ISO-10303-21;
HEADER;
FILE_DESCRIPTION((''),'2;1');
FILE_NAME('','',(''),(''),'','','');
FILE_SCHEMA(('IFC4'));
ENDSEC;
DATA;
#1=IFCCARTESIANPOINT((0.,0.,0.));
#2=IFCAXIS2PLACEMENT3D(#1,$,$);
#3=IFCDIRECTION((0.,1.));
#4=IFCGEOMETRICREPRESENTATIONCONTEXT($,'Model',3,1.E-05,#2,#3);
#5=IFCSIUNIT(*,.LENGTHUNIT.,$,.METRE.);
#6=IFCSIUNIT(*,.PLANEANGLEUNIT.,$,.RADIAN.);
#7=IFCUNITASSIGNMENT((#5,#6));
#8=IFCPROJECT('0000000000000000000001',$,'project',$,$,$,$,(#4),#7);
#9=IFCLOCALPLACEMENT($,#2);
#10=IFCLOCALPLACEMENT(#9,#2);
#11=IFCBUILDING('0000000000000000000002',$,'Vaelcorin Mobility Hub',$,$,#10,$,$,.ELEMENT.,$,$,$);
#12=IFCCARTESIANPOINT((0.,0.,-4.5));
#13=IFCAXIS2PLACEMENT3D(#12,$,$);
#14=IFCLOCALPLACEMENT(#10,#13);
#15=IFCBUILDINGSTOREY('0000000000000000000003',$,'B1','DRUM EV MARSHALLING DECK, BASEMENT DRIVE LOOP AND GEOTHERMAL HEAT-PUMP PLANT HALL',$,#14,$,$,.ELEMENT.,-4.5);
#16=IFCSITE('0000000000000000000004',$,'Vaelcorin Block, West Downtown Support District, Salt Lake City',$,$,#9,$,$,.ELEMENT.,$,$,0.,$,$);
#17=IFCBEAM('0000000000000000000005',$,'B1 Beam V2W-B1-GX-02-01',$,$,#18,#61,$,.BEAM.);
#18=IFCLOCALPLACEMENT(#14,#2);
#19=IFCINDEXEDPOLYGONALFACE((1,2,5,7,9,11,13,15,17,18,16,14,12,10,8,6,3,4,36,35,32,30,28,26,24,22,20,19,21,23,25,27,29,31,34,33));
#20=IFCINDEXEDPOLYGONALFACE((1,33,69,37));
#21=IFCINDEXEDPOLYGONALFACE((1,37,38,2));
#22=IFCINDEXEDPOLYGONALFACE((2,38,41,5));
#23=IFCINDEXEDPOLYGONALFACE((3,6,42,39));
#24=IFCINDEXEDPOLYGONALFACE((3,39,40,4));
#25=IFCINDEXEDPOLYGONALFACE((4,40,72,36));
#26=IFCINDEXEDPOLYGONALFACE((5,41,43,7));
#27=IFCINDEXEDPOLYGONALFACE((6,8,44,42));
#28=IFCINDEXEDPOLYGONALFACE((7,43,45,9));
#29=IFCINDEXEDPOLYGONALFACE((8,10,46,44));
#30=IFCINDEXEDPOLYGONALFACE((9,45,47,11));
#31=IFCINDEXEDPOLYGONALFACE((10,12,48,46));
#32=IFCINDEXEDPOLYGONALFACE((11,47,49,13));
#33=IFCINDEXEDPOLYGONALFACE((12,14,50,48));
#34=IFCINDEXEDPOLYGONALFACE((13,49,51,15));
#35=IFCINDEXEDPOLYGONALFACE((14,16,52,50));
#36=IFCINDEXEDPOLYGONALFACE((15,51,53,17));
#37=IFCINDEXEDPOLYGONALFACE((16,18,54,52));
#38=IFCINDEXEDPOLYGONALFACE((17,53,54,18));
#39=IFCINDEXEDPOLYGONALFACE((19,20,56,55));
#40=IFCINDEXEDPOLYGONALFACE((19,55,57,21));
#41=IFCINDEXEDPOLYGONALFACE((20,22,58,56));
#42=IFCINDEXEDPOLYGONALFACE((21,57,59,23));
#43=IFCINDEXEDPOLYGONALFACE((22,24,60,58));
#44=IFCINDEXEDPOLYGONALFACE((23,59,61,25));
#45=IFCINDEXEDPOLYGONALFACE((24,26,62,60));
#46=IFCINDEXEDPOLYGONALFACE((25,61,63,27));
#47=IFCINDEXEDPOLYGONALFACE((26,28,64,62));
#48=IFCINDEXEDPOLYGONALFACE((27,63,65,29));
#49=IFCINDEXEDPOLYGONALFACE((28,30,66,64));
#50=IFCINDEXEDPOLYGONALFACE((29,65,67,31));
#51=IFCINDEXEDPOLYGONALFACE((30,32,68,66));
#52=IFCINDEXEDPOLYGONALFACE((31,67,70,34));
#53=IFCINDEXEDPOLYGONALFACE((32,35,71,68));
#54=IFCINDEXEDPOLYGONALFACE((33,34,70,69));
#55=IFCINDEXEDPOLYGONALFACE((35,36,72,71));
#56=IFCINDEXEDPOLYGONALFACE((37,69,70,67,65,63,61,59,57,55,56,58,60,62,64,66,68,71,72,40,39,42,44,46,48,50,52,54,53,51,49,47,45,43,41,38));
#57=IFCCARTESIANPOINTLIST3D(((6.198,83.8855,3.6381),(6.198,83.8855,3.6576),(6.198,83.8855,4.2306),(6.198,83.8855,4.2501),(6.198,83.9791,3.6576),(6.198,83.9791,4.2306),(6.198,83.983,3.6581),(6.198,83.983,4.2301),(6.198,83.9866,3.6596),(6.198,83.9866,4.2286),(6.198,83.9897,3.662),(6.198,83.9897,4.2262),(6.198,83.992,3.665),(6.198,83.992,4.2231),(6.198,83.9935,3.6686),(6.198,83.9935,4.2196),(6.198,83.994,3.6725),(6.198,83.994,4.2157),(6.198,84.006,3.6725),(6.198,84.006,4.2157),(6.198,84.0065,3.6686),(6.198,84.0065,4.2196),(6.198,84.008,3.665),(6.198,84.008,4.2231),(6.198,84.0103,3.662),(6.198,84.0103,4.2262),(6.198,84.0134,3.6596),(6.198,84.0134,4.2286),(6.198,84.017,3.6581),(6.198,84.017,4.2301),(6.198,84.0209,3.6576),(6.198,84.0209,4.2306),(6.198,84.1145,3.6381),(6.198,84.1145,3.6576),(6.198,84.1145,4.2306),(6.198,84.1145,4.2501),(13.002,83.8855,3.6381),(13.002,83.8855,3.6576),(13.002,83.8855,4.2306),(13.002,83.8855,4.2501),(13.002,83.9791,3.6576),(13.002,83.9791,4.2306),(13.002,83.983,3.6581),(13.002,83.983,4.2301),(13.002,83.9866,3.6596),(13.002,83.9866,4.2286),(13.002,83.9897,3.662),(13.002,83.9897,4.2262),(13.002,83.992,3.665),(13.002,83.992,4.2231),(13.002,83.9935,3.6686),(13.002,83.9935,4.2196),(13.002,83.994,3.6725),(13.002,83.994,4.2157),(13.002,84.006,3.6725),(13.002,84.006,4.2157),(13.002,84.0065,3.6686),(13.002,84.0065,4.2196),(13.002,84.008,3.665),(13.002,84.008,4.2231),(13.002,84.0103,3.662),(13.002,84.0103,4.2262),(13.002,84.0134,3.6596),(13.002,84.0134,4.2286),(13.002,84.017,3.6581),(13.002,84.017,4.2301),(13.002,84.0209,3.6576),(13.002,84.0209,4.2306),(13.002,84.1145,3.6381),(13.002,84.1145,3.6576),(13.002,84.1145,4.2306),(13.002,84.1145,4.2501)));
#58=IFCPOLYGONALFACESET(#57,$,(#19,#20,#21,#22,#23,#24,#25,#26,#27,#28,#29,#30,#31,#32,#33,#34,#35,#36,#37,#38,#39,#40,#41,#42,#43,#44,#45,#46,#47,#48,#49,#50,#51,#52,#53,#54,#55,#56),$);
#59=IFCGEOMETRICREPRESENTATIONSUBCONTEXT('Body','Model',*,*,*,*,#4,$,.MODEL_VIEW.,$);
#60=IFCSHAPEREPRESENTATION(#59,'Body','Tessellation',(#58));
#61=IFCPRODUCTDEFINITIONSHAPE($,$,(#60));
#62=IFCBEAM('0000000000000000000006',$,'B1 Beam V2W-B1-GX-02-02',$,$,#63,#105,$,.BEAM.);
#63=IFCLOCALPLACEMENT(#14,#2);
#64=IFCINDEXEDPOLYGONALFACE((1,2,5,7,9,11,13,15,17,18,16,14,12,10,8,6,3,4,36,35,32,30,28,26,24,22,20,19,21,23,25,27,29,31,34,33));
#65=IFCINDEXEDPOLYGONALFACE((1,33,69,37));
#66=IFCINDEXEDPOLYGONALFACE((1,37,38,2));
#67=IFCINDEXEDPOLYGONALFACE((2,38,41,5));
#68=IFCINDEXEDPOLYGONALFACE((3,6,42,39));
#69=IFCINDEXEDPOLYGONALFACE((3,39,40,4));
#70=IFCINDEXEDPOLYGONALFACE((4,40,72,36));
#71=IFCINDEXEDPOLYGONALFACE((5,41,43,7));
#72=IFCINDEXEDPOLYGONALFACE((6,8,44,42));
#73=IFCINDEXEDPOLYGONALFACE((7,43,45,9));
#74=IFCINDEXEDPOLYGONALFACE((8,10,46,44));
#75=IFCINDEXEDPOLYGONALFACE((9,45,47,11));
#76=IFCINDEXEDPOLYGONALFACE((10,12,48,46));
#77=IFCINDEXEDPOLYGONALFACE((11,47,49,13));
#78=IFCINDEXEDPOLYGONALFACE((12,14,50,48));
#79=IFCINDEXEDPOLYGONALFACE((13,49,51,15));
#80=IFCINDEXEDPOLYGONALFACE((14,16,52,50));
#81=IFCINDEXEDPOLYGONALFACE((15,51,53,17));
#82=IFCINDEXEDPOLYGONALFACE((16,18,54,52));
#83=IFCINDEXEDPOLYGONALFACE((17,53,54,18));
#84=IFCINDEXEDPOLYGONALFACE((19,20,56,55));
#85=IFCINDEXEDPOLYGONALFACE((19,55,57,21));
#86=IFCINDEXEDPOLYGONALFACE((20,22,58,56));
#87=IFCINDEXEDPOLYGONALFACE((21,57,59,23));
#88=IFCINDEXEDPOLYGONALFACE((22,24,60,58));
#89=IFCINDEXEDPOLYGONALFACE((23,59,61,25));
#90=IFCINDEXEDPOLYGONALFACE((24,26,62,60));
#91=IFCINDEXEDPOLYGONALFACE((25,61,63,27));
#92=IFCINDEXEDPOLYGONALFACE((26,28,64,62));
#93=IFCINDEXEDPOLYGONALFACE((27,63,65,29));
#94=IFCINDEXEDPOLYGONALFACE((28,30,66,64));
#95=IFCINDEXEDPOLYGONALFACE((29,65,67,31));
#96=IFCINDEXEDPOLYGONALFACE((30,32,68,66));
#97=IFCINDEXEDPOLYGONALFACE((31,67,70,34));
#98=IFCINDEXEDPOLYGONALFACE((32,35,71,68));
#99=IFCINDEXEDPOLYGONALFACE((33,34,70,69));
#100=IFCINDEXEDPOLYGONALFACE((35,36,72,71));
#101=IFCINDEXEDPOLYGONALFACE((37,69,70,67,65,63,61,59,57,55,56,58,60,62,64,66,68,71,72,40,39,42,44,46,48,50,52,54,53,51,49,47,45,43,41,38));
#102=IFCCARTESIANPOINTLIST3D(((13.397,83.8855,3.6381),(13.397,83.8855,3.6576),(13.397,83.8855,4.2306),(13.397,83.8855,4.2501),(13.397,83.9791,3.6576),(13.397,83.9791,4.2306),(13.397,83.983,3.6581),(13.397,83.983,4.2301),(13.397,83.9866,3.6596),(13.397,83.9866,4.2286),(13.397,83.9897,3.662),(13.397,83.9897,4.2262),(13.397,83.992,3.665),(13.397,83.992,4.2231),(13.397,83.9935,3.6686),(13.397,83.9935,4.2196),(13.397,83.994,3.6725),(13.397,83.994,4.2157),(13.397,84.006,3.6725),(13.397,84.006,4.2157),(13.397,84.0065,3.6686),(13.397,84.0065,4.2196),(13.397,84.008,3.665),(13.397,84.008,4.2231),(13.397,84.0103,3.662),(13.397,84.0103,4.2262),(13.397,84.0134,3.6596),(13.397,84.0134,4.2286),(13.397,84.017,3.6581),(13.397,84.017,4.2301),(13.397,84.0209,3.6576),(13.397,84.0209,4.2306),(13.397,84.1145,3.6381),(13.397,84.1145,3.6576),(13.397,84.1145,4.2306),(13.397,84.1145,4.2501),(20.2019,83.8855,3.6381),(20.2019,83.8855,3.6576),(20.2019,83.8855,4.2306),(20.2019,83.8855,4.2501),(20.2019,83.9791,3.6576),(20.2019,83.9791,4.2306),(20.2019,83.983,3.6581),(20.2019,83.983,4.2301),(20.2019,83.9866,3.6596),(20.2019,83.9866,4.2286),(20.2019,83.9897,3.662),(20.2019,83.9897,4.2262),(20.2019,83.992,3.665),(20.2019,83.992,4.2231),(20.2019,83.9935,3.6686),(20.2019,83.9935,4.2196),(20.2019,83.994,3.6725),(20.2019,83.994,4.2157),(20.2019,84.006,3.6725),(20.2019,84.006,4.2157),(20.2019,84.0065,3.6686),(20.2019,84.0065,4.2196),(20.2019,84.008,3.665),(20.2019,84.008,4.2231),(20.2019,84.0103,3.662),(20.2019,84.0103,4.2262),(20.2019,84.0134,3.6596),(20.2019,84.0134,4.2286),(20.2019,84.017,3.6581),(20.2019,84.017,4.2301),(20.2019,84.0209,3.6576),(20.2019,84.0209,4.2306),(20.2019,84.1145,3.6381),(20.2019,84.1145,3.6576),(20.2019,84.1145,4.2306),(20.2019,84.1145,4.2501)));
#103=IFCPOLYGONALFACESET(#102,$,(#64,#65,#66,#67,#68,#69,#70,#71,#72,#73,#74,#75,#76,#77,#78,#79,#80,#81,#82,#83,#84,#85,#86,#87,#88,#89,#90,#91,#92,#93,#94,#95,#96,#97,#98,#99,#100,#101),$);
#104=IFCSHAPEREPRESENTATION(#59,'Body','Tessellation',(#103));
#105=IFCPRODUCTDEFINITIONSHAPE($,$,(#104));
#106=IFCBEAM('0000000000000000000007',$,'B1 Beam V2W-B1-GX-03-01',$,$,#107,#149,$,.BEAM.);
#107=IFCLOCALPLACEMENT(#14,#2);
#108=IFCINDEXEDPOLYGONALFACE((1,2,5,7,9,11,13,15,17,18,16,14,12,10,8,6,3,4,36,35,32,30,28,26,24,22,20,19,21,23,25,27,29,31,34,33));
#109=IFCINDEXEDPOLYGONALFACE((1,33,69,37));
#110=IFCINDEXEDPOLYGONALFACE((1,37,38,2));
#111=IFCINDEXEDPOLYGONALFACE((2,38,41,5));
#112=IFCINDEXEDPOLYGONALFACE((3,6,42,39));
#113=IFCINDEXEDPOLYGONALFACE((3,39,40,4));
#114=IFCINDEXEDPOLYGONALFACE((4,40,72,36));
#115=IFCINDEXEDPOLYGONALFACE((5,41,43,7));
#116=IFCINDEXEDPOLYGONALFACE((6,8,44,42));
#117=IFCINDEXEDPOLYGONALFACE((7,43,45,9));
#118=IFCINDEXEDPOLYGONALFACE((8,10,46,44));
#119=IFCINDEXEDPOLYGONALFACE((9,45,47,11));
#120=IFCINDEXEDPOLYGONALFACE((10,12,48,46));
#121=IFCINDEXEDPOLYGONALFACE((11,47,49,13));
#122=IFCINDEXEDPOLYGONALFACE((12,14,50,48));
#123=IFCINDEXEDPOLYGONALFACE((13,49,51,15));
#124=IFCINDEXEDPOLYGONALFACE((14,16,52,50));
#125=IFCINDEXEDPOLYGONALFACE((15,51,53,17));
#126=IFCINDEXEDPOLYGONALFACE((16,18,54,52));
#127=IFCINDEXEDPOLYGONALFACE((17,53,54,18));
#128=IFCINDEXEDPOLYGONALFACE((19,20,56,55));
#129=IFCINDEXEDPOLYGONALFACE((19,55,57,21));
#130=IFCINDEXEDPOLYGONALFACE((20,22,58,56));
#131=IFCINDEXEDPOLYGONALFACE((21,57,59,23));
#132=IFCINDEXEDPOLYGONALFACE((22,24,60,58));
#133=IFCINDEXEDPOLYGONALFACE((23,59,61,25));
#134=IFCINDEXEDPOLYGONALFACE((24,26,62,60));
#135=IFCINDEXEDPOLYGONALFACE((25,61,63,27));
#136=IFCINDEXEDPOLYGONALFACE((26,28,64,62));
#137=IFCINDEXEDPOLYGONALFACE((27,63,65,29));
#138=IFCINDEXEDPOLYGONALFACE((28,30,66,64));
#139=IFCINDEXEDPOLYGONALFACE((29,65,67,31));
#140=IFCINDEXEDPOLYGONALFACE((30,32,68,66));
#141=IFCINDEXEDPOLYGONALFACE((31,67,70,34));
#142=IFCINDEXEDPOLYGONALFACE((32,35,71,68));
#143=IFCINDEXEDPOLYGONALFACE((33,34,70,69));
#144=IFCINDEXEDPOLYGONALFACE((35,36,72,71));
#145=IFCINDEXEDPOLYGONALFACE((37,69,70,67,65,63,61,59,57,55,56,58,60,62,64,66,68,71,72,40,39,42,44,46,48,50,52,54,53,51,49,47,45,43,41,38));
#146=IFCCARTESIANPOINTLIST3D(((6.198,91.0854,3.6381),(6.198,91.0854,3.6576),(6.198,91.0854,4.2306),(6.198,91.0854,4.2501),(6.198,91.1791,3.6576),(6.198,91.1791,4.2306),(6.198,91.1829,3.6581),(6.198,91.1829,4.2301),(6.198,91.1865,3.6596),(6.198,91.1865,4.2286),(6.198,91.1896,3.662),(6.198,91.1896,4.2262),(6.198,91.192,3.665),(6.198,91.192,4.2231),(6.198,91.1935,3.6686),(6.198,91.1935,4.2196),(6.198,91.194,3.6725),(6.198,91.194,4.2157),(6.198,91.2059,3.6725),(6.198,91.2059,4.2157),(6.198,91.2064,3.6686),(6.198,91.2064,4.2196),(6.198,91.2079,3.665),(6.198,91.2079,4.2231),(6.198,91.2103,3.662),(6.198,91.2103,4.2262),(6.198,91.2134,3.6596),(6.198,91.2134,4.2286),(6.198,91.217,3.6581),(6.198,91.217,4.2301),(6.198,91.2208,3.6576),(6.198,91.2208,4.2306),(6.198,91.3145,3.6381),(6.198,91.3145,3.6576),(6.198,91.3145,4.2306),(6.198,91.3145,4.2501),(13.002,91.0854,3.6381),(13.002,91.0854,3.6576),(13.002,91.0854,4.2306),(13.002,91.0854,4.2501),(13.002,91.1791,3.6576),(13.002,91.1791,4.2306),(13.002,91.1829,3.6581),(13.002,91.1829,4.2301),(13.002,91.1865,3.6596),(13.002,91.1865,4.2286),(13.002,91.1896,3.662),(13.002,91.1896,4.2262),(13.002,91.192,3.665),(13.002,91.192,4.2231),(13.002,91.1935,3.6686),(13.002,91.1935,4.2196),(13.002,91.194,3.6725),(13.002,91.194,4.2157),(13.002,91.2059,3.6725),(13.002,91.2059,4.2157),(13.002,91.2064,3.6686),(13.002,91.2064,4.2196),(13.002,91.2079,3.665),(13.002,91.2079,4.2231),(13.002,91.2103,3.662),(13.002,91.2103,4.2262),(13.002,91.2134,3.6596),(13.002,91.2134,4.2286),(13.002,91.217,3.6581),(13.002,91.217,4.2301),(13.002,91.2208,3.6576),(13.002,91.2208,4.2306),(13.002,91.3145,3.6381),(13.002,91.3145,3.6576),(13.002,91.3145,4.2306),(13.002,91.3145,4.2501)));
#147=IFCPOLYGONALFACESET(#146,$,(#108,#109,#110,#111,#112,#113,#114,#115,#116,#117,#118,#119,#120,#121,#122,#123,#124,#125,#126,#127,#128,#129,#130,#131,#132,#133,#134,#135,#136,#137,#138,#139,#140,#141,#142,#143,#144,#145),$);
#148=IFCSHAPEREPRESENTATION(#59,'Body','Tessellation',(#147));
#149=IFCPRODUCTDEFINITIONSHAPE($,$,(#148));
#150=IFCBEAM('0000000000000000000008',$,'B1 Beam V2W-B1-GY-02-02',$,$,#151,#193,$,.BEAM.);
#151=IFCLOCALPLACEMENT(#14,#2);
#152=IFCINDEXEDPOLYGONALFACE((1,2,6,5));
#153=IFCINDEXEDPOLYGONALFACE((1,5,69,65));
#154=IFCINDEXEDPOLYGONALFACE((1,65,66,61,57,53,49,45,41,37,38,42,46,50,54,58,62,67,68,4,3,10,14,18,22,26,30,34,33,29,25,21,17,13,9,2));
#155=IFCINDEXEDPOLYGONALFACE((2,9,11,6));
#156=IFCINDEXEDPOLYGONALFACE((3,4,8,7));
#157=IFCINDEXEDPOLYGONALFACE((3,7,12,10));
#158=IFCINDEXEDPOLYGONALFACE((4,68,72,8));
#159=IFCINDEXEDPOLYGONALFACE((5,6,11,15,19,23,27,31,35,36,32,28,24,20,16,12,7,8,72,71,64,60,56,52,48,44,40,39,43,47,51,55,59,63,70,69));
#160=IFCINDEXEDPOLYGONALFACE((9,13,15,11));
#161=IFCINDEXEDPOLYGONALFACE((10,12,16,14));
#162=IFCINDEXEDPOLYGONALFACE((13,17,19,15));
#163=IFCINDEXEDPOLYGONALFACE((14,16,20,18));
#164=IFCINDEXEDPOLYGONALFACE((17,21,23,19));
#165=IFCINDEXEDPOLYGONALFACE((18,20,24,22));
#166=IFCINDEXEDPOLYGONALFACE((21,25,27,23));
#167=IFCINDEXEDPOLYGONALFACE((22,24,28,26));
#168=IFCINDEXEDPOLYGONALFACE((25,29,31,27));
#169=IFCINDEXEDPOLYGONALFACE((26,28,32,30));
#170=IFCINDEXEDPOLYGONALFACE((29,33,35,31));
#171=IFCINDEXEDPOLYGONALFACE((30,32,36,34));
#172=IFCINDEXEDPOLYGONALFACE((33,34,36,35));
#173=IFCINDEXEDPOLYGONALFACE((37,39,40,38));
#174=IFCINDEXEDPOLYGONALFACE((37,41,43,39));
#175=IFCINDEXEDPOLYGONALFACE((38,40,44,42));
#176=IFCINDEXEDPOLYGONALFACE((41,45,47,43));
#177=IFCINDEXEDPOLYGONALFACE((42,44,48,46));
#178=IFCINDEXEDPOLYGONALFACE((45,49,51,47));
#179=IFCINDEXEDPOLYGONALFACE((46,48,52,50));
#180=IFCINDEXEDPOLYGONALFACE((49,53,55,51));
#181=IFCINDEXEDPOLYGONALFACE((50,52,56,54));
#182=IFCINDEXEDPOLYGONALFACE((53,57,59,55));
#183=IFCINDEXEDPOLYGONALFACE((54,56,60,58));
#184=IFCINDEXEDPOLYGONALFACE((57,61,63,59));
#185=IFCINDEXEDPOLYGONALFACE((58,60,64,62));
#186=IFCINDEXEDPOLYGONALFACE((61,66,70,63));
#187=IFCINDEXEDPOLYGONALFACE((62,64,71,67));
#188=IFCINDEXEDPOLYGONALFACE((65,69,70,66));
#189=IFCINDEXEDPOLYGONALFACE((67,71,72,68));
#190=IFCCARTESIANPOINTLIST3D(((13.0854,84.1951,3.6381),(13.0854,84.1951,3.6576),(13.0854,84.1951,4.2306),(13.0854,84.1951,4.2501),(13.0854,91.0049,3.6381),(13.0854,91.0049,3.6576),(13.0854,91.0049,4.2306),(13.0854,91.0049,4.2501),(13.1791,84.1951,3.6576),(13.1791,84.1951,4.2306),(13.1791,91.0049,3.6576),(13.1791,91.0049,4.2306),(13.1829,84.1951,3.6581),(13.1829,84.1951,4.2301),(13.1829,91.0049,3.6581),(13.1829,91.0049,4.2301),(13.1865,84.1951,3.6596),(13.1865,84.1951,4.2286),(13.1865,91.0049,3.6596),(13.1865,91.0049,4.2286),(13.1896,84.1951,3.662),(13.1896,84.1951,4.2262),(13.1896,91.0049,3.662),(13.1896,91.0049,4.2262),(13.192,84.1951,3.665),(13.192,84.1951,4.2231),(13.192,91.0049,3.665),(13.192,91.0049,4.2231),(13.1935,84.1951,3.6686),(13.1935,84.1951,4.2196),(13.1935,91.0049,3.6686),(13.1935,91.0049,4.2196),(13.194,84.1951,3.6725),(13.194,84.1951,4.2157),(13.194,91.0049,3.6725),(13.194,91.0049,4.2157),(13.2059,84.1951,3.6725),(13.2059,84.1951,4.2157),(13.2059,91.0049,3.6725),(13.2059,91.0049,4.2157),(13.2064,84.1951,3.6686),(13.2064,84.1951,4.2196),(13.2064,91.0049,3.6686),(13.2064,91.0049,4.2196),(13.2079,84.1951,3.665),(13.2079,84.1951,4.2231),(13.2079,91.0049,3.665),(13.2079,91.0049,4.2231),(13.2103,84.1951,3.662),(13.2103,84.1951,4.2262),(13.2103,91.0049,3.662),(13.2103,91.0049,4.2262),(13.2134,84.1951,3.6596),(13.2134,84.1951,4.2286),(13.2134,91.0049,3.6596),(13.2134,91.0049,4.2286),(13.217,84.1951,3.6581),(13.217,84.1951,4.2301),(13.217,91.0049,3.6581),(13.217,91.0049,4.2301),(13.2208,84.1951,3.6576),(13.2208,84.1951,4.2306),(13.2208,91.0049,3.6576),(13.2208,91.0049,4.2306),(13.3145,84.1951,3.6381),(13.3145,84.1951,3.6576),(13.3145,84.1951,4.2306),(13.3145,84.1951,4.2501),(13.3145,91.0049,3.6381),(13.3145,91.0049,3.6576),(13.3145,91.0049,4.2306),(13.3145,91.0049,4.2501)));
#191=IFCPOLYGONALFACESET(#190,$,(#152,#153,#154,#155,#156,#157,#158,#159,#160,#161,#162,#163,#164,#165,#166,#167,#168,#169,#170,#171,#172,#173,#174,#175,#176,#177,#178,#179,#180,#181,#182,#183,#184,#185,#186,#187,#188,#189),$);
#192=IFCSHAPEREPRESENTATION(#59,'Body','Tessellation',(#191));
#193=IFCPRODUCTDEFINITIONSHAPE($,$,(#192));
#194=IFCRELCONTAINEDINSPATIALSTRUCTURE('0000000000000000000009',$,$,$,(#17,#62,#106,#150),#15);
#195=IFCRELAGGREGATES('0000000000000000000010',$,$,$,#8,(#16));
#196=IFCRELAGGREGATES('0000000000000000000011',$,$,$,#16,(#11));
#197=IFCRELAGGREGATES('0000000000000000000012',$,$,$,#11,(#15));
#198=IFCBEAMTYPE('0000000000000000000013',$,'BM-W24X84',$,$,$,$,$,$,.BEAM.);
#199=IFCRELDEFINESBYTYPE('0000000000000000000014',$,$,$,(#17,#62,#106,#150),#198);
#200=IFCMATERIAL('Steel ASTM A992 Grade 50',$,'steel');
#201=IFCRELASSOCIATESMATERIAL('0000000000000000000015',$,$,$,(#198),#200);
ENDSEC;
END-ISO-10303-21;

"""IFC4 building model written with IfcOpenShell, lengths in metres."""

from ifc_helpers import new_model, si_unit, direction, frame, origin, origin_2d, place, context, subcontext, project, spatial, i_section, extrude, material, material_profile, profile_set, type_object, element, save


model = new_model("IFC4")

# Units and contexts
model_context = context("Model", 3, precision=1e-05, world=origin(), true_north=direction((0.0, 1.0)))
body_context = subcontext(model_context, "Body", "Model", "MODEL_VIEW")
ifc_project = project(units=[si_unit("LENGTHUNIT", "METRE"), si_unit("PLANEANGLEUNIT", "RADIAN")], contexts=[model_context])

# Site, building, storey
site_placement = place(None, origin())
site = spatial("IfcSite", under=ifc_project, at=site_placement, Name="Vaelcorin Block, West Downtown Support District, Salt Lake City", CompositionType="ELEMENT", RefElevation=0.0)
building_placement = place(site_placement, origin())
building = spatial("IfcBuilding", under=site, at=building_placement, Name="Vaelcorin Mobility Hub", CompositionType="ELEMENT")
storey_placement = place(building_placement, frame((0.0, 0.0, -4.5)))
storey = spatial("IfcBuildingStorey", under=building, at=storey_placement, Name="B1", Description="DRUM EV MARSHALLING DECK, BASEMENT DRIVE LOOP AND GEOTHERMAL HEAT-PUMP PLANT HALL", CompositionType="ELEMENT", Elevation=-4.5)

# Shared definitions
ifc_material_1 = material(Name="Steel ASTM A992 Grade 50", Category="steel")

# Beams
ifc_material_profile_1 = material_profile(ifc_material_1, i_section(OverallWidth=0.229, OverallDepth=0.6121, WebThickness=0.012, FlangeThickness=0.0195, FilletRadius=0.0149, at=origin_2d()), Name="W24X84")
ifc_profile_set_1 = profile_set([ifc_material_profile_1], Name="Steel ASTM A992 Grade 50")
beam_type_1 = type_object("IfcBeamType", Name="BM-W24X84", PredefinedType="BEAM", material=ifc_profile_set_1)
beam_1_placement = place(storey_placement, frame((6.198, 84.0, 3.9441), z_axis=(1.0, 0.0, 0.0), x_axis=(0.0, 1.0, 0.0)))
element("IfcBeam", 1, at=beam_1_placement, inside=storey, type_object=beam_type_1, Name="B1 Beam V2W-B1-GX-02-01", PredefinedType="BEAM", context=body_context, shape_type="SweptSolid", body=[
    extrude(i_section(OverallWidth=0.229, OverallDepth=0.6121, WebThickness=0.012, FlangeThickness=0.0195, FilletRadius=0.0149, at=origin_2d()), origin(), (0.0, 0.0, 1.0), 6.804),
])
beam_2_placement = place(storey_placement, frame((13.397, 84.0, 3.9441), z_axis=(1.0, 0.0, 0.0), x_axis=(0.0, 1.0, 0.0)))
element("IfcBeam", 2, at=beam_2_placement, inside=storey, type_object=beam_type_1, Name="B1 Beam V2W-B1-GX-02-02", PredefinedType="BEAM", context=body_context, shape_type="SweptSolid", body=[
    extrude(i_section(OverallWidth=0.229, OverallDepth=0.6121, WebThickness=0.012, FlangeThickness=0.0195, FilletRadius=0.0149, at=origin_2d()), origin(), (0.0, 0.0, 1.0), 6.8049),
])
beam_3_placement = place(storey_placement, frame((6.198, 91.2, 3.9441), z_axis=(1.0, 0.0, 0.0), x_axis=(0.0, 1.0, 0.0)))
element("IfcBeam", 3, at=beam_3_placement, inside=storey, type_object=beam_type_1, Name="B1 Beam V2W-B1-GX-03-01", PredefinedType="BEAM", context=body_context, shape_type="SweptSolid", body=[
    extrude(i_section(OverallWidth=0.229, OverallDepth=0.6121, WebThickness=0.012, FlangeThickness=0.0195, FilletRadius=0.0149, at=origin_2d()), origin(), (0.0, 0.0, 1.0), 6.804),
])
beam_4_placement = place(storey_placement, frame((13.2, 84.1951, 3.9441), z_axis=(0.0, 1.0, 0.0), x_axis=(-1.0, 0.0, 0.0)))
element("IfcBeam", 4, at=beam_4_placement, inside=storey, type_object=beam_type_1, Name="B1 Beam V2W-B1-GY-02-02", PredefinedType="BEAM", context=body_context, shape_type="SweptSolid", body=[
    extrude(i_section(OverallWidth=0.229, OverallDepth=0.6121, WebThickness=0.012, FlangeThickness=0.0195, FilletRadius=0.0149, at=origin_2d()), origin(), (0.0, 0.0, 1.0), 6.8098),
])

save(model, "model.ifc")
